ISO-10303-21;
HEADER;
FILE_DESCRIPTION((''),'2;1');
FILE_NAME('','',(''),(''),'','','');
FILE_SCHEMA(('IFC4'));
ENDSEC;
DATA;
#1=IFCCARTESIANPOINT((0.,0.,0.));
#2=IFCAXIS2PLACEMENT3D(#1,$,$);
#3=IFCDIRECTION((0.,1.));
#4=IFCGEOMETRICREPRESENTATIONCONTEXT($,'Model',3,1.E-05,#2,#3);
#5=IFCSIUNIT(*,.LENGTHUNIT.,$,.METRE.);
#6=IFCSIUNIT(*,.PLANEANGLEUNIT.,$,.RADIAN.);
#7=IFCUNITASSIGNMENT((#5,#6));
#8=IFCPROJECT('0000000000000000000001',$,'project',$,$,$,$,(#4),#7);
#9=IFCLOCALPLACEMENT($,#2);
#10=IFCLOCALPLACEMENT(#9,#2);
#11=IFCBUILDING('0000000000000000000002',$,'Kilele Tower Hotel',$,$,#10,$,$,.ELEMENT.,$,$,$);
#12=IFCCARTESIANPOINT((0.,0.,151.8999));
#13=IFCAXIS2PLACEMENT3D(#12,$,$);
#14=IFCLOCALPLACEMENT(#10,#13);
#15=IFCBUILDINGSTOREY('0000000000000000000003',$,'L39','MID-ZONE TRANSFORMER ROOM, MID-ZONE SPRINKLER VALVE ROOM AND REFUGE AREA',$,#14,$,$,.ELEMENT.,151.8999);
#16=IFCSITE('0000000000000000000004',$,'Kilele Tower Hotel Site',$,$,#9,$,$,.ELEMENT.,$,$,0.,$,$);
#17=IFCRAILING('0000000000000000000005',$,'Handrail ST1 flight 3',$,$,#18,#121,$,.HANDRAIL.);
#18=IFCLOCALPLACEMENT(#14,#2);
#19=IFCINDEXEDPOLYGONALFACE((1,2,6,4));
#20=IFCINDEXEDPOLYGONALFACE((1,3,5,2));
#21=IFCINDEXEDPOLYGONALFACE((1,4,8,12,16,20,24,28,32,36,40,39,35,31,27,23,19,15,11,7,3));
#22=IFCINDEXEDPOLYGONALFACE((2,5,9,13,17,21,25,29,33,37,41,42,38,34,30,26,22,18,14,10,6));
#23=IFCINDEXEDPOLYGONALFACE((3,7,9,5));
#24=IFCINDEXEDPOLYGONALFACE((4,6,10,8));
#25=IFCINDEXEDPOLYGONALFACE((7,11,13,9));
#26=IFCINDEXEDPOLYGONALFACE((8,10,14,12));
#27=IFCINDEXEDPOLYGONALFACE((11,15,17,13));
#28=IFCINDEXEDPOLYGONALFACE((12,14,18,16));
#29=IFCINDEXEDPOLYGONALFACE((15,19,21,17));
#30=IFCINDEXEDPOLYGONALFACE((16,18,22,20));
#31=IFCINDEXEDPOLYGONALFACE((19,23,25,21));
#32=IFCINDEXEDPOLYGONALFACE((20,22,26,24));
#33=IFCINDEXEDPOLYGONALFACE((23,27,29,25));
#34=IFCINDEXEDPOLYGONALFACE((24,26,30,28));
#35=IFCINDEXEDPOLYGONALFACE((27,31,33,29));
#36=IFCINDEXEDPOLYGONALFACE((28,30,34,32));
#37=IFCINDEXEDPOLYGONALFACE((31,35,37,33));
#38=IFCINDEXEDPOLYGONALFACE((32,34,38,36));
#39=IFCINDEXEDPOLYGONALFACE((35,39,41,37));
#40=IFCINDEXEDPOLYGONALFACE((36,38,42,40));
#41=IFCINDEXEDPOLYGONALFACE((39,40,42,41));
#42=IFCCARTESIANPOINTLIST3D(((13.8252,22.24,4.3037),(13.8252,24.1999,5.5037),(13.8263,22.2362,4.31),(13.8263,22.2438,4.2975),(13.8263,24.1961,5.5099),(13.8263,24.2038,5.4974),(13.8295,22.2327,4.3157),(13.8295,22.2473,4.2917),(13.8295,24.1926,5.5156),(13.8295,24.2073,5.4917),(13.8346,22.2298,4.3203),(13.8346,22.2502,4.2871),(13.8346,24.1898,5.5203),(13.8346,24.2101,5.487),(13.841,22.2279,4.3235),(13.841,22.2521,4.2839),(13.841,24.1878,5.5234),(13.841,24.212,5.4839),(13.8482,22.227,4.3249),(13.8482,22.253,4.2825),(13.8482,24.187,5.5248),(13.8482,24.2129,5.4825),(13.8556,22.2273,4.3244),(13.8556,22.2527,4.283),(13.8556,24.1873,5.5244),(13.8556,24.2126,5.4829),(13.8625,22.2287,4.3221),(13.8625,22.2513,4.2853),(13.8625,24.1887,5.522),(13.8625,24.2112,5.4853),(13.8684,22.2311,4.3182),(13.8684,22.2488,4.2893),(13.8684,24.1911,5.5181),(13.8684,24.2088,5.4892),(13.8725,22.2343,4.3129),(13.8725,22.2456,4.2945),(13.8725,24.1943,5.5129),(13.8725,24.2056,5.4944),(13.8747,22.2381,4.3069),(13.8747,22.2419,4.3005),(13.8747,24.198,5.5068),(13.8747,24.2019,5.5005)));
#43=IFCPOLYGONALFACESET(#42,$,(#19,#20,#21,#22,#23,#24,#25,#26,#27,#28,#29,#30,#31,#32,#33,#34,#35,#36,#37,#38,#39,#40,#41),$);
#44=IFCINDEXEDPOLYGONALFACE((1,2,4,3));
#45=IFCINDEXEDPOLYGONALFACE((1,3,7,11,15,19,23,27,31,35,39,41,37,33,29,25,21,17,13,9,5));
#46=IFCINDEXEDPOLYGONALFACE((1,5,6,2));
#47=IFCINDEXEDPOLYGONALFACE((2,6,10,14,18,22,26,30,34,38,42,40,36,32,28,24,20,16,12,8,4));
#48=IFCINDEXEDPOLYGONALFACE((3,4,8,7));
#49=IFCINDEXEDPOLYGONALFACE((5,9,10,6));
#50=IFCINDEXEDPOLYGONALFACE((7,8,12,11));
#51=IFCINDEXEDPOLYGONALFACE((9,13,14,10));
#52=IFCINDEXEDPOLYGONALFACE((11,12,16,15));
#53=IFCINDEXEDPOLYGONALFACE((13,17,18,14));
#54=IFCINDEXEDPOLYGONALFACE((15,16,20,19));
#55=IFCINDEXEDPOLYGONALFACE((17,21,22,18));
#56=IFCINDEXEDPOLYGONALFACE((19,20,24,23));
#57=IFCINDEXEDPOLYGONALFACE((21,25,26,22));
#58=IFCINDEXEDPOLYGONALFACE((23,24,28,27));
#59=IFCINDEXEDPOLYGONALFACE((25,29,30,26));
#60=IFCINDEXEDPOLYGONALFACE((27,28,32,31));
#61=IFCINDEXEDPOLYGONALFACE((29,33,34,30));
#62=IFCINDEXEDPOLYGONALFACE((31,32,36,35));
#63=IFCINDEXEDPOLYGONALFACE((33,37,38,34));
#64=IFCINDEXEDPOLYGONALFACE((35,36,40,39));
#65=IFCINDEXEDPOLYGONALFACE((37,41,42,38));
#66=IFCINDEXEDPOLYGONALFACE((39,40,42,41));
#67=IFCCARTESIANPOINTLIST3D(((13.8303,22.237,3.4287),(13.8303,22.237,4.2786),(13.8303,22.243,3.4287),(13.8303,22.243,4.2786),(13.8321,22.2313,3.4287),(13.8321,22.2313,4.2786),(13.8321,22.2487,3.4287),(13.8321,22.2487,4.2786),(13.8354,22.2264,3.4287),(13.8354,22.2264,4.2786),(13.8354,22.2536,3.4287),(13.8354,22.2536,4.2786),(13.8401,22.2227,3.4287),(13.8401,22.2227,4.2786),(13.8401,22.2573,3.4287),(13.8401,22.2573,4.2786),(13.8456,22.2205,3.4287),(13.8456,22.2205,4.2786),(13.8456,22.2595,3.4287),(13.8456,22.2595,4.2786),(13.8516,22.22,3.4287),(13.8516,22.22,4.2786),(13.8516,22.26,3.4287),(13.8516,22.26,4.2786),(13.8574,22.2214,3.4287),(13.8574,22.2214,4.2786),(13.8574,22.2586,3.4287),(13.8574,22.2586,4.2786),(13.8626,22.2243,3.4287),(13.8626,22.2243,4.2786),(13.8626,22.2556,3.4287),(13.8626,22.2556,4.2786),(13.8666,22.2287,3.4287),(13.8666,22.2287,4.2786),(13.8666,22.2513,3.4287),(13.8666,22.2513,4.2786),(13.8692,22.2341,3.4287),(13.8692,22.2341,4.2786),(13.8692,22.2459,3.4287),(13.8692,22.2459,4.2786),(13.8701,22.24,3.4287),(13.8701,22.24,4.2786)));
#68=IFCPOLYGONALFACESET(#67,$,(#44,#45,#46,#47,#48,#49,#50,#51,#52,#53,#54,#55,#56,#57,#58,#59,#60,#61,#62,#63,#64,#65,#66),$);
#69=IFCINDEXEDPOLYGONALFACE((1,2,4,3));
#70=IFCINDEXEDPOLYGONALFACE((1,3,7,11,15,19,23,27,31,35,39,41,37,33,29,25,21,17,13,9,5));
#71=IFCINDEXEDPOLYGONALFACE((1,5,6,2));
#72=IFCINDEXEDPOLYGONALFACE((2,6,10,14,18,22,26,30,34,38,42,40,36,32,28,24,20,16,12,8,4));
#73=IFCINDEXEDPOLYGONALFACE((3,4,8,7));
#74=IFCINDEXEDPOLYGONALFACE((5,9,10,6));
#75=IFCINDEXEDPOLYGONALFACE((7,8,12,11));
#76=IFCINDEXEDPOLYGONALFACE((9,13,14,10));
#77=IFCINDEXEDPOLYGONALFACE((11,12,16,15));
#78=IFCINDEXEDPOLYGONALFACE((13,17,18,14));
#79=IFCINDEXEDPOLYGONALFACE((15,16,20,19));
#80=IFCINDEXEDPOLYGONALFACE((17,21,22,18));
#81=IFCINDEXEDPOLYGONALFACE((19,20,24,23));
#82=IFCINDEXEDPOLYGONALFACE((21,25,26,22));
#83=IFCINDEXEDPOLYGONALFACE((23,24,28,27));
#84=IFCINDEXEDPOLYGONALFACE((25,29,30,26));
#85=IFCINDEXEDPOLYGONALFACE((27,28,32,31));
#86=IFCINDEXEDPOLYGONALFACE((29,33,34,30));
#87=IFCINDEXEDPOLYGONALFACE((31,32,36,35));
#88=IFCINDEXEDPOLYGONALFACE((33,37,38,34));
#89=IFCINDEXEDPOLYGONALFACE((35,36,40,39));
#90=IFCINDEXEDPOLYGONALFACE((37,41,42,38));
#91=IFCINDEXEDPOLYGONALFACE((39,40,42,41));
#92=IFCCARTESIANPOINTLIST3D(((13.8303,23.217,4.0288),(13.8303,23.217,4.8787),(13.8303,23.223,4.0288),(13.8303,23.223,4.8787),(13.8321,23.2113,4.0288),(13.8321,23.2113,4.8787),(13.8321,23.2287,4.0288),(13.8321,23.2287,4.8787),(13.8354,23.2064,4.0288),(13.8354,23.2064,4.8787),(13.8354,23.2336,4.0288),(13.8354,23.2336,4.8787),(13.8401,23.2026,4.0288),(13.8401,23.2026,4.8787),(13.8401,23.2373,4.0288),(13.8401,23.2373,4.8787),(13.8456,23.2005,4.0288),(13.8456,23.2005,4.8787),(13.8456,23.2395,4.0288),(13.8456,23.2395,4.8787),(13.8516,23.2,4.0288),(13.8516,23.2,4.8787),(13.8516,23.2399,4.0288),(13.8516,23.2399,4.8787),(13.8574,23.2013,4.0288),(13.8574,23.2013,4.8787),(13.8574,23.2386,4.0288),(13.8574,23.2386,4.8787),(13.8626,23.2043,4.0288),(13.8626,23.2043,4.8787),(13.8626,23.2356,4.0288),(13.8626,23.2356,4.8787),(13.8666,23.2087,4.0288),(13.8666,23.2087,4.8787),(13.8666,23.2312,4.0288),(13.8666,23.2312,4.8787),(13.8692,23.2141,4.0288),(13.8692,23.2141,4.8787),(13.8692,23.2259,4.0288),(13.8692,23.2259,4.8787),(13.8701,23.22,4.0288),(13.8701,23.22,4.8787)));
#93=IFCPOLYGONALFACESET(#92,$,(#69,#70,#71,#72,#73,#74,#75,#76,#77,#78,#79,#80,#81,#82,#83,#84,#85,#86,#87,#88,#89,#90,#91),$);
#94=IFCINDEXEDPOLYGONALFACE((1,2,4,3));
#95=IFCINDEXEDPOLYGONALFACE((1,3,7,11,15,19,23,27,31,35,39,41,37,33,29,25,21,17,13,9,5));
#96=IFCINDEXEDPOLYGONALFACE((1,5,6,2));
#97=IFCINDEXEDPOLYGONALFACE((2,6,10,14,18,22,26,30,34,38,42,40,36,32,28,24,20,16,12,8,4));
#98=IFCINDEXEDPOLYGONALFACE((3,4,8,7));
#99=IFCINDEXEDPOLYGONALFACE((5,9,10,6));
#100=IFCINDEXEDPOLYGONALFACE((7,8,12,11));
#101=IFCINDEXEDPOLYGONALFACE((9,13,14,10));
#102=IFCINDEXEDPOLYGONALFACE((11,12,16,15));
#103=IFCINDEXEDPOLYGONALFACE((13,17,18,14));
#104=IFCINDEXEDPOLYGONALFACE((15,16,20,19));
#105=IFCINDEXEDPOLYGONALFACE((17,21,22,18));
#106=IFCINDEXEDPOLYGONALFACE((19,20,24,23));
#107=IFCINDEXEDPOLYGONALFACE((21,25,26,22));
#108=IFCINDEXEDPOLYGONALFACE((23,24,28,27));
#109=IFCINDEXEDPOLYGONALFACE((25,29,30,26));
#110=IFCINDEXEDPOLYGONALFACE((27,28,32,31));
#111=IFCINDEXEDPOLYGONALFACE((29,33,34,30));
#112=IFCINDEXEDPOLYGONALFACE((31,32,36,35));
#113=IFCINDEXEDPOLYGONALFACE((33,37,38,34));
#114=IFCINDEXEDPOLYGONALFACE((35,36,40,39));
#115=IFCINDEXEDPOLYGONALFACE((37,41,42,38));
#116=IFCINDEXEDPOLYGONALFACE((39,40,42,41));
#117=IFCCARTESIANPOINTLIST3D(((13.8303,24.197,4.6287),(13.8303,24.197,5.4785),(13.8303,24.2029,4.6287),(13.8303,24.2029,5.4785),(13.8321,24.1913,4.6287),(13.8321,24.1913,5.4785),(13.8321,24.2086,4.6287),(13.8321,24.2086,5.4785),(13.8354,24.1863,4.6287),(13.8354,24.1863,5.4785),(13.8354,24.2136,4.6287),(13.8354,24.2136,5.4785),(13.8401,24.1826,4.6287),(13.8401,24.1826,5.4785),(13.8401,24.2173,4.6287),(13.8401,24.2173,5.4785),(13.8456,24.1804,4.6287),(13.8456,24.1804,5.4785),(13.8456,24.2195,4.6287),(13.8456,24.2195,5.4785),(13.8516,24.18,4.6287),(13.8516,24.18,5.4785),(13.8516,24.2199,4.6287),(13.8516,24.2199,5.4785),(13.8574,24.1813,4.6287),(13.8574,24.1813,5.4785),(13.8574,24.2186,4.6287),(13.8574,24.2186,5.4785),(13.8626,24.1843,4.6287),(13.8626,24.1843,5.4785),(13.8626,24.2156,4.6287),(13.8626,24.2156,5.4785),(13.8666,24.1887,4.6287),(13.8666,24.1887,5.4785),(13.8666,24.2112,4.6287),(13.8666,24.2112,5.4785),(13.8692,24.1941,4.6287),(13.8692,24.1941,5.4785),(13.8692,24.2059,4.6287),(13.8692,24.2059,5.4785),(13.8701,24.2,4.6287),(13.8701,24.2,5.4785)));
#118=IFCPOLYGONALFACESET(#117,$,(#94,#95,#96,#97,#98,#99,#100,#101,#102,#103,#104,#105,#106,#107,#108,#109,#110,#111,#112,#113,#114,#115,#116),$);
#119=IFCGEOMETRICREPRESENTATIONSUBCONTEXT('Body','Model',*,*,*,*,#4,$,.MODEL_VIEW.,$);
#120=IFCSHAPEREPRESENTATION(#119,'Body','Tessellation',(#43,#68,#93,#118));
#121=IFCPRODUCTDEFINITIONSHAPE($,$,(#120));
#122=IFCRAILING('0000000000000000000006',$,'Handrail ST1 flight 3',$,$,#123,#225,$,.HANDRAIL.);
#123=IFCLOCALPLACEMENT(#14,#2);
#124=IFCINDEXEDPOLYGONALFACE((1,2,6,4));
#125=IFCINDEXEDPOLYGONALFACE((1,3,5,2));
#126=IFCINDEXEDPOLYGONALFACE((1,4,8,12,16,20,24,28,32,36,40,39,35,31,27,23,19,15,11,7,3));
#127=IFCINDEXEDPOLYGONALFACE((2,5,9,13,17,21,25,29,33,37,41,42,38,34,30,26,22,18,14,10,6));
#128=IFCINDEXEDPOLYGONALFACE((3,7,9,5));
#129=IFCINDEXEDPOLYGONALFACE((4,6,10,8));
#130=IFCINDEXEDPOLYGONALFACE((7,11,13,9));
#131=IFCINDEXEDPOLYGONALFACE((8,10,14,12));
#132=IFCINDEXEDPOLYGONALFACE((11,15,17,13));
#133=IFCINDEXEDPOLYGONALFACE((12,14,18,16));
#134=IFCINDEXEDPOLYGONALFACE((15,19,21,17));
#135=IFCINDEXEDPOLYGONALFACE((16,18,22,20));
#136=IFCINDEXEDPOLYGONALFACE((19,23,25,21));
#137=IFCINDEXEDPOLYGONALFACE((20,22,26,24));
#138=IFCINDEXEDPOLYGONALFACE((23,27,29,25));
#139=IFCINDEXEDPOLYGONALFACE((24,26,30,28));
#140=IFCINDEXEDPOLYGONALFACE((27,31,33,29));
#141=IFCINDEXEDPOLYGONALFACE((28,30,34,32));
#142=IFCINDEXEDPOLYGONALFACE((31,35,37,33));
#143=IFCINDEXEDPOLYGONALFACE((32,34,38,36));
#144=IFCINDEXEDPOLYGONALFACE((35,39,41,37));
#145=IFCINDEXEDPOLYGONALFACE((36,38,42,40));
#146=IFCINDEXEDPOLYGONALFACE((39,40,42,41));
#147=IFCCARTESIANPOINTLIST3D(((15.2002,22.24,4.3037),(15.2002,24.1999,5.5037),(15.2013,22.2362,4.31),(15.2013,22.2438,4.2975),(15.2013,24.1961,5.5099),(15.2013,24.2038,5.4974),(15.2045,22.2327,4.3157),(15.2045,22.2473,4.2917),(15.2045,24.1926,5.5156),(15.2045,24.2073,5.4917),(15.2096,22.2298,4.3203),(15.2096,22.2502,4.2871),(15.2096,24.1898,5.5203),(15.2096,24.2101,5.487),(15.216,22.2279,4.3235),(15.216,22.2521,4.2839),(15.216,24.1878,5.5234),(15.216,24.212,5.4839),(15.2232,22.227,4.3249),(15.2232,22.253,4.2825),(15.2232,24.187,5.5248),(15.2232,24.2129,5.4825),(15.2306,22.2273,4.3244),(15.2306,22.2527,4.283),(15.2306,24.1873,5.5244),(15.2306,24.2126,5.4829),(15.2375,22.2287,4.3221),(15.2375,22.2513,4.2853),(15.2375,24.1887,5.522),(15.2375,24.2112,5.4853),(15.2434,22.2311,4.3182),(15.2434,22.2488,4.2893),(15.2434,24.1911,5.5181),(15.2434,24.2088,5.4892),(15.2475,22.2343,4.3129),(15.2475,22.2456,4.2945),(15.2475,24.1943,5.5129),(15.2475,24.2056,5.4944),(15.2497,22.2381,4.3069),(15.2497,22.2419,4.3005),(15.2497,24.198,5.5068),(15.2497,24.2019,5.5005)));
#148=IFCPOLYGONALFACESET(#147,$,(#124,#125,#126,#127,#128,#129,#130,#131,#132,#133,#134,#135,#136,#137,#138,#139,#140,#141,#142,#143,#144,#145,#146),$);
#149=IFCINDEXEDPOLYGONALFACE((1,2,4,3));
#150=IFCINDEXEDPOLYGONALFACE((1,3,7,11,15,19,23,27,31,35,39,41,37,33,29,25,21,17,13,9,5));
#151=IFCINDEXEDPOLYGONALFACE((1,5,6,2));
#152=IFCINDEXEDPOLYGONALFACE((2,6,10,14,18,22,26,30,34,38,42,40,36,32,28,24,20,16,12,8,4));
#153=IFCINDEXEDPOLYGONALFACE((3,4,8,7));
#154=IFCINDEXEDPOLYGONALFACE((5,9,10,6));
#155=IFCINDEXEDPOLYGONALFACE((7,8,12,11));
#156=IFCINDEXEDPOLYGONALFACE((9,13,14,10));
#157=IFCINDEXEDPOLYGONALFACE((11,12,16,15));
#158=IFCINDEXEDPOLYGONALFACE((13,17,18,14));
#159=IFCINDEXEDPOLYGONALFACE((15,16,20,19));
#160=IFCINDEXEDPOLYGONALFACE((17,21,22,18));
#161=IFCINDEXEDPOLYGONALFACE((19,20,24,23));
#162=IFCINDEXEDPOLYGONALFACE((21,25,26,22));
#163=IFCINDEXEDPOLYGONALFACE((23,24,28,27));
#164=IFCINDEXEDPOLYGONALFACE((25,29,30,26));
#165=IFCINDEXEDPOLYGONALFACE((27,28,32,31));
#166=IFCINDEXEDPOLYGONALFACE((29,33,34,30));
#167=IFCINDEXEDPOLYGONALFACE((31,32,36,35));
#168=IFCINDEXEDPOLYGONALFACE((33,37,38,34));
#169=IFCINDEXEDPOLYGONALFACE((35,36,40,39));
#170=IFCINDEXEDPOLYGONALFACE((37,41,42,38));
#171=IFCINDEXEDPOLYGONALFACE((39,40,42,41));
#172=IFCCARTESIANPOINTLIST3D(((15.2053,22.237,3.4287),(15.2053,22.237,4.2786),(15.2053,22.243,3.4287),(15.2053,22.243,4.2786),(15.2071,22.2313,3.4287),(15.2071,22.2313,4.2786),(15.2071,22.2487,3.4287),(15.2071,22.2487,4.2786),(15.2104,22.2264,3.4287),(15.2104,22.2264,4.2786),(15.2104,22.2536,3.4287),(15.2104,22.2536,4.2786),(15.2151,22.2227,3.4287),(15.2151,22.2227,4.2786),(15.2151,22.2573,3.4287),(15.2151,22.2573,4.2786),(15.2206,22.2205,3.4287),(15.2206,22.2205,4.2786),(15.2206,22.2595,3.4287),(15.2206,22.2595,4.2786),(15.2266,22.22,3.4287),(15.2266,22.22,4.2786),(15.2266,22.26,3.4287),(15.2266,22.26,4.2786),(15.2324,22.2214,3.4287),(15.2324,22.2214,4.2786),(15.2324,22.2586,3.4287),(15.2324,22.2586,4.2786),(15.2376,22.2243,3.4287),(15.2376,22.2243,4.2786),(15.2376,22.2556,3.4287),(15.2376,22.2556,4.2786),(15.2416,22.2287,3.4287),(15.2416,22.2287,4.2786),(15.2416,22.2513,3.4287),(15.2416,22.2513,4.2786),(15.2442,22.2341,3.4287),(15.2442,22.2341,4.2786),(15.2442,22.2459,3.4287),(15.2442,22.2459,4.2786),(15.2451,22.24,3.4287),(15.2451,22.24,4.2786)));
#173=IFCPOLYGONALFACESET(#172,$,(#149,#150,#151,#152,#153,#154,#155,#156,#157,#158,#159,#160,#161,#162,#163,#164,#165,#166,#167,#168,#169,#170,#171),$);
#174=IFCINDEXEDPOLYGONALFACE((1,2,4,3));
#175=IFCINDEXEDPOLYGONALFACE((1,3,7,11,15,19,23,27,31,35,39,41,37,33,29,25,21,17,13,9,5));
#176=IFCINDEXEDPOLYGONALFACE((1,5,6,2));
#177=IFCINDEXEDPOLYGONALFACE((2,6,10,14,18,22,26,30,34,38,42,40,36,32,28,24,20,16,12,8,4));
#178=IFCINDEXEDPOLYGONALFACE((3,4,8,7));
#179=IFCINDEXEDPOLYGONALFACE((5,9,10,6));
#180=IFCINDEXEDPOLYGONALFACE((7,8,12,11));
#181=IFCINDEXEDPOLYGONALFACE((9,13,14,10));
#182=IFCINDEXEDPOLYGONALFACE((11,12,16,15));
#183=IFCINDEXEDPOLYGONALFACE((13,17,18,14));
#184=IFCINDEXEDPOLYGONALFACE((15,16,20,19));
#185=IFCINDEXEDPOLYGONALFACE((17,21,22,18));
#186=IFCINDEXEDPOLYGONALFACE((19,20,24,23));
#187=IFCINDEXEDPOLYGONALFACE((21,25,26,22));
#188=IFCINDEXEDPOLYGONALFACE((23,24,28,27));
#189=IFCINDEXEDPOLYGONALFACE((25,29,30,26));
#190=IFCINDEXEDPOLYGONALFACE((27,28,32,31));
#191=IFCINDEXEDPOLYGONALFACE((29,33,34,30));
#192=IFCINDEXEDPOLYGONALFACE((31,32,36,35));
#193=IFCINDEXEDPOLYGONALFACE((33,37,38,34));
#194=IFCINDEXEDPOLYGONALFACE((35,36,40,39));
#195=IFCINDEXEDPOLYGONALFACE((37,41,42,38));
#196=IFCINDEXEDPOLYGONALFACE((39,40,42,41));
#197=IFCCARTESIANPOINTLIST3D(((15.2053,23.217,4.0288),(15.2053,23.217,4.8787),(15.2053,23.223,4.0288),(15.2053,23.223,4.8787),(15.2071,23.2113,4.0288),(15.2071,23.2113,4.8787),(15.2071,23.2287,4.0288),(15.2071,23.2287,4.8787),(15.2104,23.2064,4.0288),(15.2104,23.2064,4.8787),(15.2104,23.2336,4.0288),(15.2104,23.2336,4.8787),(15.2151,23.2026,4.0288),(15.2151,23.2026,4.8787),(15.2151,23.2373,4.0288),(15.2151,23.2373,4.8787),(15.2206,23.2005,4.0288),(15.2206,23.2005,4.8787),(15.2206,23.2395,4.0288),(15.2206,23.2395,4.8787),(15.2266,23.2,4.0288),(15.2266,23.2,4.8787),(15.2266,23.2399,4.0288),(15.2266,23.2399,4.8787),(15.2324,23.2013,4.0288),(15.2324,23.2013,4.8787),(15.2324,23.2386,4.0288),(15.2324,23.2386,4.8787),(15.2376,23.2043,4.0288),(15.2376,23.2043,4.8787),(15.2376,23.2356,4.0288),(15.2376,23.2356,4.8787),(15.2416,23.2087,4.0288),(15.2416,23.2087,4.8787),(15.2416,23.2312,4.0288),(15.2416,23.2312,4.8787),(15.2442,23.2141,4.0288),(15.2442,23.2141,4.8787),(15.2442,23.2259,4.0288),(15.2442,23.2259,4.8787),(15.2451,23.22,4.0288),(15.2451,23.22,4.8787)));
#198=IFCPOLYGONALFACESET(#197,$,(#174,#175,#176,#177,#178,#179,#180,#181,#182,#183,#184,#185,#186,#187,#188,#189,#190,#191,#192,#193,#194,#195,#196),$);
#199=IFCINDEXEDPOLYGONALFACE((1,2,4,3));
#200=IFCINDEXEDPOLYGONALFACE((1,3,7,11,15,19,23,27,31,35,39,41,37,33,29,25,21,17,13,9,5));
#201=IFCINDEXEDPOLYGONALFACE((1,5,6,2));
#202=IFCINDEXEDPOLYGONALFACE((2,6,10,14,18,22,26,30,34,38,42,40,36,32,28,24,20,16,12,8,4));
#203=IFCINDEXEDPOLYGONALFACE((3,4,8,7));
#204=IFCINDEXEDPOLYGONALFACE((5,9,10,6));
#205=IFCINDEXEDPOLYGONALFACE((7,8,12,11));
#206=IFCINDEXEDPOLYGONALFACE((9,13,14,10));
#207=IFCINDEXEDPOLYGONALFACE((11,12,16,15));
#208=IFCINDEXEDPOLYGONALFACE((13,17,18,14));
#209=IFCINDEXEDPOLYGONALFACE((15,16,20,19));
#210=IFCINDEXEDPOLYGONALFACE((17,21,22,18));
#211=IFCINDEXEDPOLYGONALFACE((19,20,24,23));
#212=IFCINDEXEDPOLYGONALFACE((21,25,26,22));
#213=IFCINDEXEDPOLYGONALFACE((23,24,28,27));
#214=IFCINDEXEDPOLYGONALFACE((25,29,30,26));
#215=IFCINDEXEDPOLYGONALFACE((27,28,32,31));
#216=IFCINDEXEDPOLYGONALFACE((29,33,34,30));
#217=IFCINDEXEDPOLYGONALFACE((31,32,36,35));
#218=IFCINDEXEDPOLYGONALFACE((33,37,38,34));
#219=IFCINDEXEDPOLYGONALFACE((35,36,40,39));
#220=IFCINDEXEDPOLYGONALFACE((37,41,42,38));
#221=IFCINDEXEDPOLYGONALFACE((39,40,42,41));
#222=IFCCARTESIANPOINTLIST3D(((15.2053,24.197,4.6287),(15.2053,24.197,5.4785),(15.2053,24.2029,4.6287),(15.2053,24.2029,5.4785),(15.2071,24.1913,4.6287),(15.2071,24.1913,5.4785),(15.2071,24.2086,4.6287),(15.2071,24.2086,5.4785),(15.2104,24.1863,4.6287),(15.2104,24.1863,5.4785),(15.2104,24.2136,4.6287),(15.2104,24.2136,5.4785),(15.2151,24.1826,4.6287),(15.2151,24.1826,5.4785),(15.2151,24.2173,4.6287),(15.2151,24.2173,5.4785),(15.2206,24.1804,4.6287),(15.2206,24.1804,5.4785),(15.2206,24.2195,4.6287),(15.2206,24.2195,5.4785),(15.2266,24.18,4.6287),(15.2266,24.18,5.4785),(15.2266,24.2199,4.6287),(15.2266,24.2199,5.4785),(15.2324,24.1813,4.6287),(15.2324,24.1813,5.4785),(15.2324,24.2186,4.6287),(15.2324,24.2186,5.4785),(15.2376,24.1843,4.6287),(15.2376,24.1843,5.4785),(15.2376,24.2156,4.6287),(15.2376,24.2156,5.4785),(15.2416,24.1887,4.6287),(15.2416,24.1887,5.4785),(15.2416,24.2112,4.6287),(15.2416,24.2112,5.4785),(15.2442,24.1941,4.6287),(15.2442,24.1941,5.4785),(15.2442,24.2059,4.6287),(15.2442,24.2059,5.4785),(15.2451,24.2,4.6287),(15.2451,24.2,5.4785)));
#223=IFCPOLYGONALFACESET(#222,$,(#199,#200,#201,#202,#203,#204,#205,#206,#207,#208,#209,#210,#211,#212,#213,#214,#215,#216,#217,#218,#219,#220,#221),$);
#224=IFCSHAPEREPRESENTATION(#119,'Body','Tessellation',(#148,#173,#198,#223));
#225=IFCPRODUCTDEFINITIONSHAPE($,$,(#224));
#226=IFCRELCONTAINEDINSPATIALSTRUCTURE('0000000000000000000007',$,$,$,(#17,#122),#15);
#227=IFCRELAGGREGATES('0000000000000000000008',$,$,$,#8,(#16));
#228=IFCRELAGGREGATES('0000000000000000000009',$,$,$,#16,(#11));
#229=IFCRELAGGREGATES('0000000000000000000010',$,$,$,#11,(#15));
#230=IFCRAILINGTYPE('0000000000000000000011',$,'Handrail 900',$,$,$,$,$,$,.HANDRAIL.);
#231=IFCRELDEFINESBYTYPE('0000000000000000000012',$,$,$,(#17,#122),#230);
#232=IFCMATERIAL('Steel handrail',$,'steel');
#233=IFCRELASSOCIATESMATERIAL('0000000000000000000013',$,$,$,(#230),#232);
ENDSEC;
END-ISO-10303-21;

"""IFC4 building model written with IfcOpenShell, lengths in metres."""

from ifc_helpers import new_model, si_unit, direction, frame, origin, origin_2d, place, context, subcontext, project, spatial, circle, extrude, material, type_object, element, save


model = new_model("IFC4")

# Units and contexts
model_context = context("Model", 3, precision=1e-05, world=origin(), true_north=direction((0.0, 1.0)))
body_context = subcontext(model_context, "Body", "Model", "MODEL_VIEW")
ifc_project = project(units=[si_unit("LENGTHUNIT", "METRE"), si_unit("PLANEANGLEUNIT", "RADIAN")], contexts=[model_context])

# Site, building, storey
site_placement = place(None, origin())
site = spatial("IfcSite", under=ifc_project, at=site_placement, Name="Kilele Tower Hotel Site", CompositionType="ELEMENT", RefElevation=0.0)
building_placement = place(site_placement, origin())
building = spatial("IfcBuilding", under=site, at=building_placement, Name="Kilele Tower Hotel", CompositionType="ELEMENT")
storey_placement = place(building_placement, frame((0.0, 0.0, 151.8999)))
storey = spatial("IfcBuildingStorey", under=building, at=storey_placement, Name="L39", Description="MID-ZONE TRANSFORMER ROOM, MID-ZONE SPRINKLER VALVE ROOM AND REFUGE AREA", CompositionType="ELEMENT", Elevation=151.8999)

# Railings
ifc_material_1 = material(Name="Steel handrail", Category="steel")
railing_type = type_object("IfcRailingType", Name="Handrail 900", PredefinedType="HANDRAIL", material=ifc_material_1)
for number, where, name in (
    (1, (13.8501, 22.24, 3.4287), "Handrail ST1 flight 3"),
    (2, (15.2251, 22.24, 3.4287), "Handrail ST1 flight 3"),
):
    element("IfcRailing", number, at=place(storey_placement, frame(where)), inside=storey, type_object=railing_type, Name=name, PredefinedType="HANDRAIL", context=body_context, shape_type="SweptSolid", body=[
        extrude(circle(Radius=0.0249, at=origin_2d()), frame((0.0, 0.0, 0.875), z_axis=(0.0, 0.852856, 0.522146), x_axis=(-1.0, 0.0, 0.0)), (0.0, 0.0, 1.0), 2.2981),
        extrude(circle(Radius=0.02, at=origin_2d()), origin(), (0.0, 0.0, 1.0), 0.8499),
        extrude(circle(Radius=0.02, at=origin_2d()), frame((0.0, 0.98, 0.6001)), (0.0, 0.0, 1.0), 0.8499),
        extrude(circle(Radius=0.02, at=origin_2d()), frame((0.0, 1.96, 1.2)), (0.0, 0.0, 1.0), 0.8499),
    ])

save(model, "model.ifc")
